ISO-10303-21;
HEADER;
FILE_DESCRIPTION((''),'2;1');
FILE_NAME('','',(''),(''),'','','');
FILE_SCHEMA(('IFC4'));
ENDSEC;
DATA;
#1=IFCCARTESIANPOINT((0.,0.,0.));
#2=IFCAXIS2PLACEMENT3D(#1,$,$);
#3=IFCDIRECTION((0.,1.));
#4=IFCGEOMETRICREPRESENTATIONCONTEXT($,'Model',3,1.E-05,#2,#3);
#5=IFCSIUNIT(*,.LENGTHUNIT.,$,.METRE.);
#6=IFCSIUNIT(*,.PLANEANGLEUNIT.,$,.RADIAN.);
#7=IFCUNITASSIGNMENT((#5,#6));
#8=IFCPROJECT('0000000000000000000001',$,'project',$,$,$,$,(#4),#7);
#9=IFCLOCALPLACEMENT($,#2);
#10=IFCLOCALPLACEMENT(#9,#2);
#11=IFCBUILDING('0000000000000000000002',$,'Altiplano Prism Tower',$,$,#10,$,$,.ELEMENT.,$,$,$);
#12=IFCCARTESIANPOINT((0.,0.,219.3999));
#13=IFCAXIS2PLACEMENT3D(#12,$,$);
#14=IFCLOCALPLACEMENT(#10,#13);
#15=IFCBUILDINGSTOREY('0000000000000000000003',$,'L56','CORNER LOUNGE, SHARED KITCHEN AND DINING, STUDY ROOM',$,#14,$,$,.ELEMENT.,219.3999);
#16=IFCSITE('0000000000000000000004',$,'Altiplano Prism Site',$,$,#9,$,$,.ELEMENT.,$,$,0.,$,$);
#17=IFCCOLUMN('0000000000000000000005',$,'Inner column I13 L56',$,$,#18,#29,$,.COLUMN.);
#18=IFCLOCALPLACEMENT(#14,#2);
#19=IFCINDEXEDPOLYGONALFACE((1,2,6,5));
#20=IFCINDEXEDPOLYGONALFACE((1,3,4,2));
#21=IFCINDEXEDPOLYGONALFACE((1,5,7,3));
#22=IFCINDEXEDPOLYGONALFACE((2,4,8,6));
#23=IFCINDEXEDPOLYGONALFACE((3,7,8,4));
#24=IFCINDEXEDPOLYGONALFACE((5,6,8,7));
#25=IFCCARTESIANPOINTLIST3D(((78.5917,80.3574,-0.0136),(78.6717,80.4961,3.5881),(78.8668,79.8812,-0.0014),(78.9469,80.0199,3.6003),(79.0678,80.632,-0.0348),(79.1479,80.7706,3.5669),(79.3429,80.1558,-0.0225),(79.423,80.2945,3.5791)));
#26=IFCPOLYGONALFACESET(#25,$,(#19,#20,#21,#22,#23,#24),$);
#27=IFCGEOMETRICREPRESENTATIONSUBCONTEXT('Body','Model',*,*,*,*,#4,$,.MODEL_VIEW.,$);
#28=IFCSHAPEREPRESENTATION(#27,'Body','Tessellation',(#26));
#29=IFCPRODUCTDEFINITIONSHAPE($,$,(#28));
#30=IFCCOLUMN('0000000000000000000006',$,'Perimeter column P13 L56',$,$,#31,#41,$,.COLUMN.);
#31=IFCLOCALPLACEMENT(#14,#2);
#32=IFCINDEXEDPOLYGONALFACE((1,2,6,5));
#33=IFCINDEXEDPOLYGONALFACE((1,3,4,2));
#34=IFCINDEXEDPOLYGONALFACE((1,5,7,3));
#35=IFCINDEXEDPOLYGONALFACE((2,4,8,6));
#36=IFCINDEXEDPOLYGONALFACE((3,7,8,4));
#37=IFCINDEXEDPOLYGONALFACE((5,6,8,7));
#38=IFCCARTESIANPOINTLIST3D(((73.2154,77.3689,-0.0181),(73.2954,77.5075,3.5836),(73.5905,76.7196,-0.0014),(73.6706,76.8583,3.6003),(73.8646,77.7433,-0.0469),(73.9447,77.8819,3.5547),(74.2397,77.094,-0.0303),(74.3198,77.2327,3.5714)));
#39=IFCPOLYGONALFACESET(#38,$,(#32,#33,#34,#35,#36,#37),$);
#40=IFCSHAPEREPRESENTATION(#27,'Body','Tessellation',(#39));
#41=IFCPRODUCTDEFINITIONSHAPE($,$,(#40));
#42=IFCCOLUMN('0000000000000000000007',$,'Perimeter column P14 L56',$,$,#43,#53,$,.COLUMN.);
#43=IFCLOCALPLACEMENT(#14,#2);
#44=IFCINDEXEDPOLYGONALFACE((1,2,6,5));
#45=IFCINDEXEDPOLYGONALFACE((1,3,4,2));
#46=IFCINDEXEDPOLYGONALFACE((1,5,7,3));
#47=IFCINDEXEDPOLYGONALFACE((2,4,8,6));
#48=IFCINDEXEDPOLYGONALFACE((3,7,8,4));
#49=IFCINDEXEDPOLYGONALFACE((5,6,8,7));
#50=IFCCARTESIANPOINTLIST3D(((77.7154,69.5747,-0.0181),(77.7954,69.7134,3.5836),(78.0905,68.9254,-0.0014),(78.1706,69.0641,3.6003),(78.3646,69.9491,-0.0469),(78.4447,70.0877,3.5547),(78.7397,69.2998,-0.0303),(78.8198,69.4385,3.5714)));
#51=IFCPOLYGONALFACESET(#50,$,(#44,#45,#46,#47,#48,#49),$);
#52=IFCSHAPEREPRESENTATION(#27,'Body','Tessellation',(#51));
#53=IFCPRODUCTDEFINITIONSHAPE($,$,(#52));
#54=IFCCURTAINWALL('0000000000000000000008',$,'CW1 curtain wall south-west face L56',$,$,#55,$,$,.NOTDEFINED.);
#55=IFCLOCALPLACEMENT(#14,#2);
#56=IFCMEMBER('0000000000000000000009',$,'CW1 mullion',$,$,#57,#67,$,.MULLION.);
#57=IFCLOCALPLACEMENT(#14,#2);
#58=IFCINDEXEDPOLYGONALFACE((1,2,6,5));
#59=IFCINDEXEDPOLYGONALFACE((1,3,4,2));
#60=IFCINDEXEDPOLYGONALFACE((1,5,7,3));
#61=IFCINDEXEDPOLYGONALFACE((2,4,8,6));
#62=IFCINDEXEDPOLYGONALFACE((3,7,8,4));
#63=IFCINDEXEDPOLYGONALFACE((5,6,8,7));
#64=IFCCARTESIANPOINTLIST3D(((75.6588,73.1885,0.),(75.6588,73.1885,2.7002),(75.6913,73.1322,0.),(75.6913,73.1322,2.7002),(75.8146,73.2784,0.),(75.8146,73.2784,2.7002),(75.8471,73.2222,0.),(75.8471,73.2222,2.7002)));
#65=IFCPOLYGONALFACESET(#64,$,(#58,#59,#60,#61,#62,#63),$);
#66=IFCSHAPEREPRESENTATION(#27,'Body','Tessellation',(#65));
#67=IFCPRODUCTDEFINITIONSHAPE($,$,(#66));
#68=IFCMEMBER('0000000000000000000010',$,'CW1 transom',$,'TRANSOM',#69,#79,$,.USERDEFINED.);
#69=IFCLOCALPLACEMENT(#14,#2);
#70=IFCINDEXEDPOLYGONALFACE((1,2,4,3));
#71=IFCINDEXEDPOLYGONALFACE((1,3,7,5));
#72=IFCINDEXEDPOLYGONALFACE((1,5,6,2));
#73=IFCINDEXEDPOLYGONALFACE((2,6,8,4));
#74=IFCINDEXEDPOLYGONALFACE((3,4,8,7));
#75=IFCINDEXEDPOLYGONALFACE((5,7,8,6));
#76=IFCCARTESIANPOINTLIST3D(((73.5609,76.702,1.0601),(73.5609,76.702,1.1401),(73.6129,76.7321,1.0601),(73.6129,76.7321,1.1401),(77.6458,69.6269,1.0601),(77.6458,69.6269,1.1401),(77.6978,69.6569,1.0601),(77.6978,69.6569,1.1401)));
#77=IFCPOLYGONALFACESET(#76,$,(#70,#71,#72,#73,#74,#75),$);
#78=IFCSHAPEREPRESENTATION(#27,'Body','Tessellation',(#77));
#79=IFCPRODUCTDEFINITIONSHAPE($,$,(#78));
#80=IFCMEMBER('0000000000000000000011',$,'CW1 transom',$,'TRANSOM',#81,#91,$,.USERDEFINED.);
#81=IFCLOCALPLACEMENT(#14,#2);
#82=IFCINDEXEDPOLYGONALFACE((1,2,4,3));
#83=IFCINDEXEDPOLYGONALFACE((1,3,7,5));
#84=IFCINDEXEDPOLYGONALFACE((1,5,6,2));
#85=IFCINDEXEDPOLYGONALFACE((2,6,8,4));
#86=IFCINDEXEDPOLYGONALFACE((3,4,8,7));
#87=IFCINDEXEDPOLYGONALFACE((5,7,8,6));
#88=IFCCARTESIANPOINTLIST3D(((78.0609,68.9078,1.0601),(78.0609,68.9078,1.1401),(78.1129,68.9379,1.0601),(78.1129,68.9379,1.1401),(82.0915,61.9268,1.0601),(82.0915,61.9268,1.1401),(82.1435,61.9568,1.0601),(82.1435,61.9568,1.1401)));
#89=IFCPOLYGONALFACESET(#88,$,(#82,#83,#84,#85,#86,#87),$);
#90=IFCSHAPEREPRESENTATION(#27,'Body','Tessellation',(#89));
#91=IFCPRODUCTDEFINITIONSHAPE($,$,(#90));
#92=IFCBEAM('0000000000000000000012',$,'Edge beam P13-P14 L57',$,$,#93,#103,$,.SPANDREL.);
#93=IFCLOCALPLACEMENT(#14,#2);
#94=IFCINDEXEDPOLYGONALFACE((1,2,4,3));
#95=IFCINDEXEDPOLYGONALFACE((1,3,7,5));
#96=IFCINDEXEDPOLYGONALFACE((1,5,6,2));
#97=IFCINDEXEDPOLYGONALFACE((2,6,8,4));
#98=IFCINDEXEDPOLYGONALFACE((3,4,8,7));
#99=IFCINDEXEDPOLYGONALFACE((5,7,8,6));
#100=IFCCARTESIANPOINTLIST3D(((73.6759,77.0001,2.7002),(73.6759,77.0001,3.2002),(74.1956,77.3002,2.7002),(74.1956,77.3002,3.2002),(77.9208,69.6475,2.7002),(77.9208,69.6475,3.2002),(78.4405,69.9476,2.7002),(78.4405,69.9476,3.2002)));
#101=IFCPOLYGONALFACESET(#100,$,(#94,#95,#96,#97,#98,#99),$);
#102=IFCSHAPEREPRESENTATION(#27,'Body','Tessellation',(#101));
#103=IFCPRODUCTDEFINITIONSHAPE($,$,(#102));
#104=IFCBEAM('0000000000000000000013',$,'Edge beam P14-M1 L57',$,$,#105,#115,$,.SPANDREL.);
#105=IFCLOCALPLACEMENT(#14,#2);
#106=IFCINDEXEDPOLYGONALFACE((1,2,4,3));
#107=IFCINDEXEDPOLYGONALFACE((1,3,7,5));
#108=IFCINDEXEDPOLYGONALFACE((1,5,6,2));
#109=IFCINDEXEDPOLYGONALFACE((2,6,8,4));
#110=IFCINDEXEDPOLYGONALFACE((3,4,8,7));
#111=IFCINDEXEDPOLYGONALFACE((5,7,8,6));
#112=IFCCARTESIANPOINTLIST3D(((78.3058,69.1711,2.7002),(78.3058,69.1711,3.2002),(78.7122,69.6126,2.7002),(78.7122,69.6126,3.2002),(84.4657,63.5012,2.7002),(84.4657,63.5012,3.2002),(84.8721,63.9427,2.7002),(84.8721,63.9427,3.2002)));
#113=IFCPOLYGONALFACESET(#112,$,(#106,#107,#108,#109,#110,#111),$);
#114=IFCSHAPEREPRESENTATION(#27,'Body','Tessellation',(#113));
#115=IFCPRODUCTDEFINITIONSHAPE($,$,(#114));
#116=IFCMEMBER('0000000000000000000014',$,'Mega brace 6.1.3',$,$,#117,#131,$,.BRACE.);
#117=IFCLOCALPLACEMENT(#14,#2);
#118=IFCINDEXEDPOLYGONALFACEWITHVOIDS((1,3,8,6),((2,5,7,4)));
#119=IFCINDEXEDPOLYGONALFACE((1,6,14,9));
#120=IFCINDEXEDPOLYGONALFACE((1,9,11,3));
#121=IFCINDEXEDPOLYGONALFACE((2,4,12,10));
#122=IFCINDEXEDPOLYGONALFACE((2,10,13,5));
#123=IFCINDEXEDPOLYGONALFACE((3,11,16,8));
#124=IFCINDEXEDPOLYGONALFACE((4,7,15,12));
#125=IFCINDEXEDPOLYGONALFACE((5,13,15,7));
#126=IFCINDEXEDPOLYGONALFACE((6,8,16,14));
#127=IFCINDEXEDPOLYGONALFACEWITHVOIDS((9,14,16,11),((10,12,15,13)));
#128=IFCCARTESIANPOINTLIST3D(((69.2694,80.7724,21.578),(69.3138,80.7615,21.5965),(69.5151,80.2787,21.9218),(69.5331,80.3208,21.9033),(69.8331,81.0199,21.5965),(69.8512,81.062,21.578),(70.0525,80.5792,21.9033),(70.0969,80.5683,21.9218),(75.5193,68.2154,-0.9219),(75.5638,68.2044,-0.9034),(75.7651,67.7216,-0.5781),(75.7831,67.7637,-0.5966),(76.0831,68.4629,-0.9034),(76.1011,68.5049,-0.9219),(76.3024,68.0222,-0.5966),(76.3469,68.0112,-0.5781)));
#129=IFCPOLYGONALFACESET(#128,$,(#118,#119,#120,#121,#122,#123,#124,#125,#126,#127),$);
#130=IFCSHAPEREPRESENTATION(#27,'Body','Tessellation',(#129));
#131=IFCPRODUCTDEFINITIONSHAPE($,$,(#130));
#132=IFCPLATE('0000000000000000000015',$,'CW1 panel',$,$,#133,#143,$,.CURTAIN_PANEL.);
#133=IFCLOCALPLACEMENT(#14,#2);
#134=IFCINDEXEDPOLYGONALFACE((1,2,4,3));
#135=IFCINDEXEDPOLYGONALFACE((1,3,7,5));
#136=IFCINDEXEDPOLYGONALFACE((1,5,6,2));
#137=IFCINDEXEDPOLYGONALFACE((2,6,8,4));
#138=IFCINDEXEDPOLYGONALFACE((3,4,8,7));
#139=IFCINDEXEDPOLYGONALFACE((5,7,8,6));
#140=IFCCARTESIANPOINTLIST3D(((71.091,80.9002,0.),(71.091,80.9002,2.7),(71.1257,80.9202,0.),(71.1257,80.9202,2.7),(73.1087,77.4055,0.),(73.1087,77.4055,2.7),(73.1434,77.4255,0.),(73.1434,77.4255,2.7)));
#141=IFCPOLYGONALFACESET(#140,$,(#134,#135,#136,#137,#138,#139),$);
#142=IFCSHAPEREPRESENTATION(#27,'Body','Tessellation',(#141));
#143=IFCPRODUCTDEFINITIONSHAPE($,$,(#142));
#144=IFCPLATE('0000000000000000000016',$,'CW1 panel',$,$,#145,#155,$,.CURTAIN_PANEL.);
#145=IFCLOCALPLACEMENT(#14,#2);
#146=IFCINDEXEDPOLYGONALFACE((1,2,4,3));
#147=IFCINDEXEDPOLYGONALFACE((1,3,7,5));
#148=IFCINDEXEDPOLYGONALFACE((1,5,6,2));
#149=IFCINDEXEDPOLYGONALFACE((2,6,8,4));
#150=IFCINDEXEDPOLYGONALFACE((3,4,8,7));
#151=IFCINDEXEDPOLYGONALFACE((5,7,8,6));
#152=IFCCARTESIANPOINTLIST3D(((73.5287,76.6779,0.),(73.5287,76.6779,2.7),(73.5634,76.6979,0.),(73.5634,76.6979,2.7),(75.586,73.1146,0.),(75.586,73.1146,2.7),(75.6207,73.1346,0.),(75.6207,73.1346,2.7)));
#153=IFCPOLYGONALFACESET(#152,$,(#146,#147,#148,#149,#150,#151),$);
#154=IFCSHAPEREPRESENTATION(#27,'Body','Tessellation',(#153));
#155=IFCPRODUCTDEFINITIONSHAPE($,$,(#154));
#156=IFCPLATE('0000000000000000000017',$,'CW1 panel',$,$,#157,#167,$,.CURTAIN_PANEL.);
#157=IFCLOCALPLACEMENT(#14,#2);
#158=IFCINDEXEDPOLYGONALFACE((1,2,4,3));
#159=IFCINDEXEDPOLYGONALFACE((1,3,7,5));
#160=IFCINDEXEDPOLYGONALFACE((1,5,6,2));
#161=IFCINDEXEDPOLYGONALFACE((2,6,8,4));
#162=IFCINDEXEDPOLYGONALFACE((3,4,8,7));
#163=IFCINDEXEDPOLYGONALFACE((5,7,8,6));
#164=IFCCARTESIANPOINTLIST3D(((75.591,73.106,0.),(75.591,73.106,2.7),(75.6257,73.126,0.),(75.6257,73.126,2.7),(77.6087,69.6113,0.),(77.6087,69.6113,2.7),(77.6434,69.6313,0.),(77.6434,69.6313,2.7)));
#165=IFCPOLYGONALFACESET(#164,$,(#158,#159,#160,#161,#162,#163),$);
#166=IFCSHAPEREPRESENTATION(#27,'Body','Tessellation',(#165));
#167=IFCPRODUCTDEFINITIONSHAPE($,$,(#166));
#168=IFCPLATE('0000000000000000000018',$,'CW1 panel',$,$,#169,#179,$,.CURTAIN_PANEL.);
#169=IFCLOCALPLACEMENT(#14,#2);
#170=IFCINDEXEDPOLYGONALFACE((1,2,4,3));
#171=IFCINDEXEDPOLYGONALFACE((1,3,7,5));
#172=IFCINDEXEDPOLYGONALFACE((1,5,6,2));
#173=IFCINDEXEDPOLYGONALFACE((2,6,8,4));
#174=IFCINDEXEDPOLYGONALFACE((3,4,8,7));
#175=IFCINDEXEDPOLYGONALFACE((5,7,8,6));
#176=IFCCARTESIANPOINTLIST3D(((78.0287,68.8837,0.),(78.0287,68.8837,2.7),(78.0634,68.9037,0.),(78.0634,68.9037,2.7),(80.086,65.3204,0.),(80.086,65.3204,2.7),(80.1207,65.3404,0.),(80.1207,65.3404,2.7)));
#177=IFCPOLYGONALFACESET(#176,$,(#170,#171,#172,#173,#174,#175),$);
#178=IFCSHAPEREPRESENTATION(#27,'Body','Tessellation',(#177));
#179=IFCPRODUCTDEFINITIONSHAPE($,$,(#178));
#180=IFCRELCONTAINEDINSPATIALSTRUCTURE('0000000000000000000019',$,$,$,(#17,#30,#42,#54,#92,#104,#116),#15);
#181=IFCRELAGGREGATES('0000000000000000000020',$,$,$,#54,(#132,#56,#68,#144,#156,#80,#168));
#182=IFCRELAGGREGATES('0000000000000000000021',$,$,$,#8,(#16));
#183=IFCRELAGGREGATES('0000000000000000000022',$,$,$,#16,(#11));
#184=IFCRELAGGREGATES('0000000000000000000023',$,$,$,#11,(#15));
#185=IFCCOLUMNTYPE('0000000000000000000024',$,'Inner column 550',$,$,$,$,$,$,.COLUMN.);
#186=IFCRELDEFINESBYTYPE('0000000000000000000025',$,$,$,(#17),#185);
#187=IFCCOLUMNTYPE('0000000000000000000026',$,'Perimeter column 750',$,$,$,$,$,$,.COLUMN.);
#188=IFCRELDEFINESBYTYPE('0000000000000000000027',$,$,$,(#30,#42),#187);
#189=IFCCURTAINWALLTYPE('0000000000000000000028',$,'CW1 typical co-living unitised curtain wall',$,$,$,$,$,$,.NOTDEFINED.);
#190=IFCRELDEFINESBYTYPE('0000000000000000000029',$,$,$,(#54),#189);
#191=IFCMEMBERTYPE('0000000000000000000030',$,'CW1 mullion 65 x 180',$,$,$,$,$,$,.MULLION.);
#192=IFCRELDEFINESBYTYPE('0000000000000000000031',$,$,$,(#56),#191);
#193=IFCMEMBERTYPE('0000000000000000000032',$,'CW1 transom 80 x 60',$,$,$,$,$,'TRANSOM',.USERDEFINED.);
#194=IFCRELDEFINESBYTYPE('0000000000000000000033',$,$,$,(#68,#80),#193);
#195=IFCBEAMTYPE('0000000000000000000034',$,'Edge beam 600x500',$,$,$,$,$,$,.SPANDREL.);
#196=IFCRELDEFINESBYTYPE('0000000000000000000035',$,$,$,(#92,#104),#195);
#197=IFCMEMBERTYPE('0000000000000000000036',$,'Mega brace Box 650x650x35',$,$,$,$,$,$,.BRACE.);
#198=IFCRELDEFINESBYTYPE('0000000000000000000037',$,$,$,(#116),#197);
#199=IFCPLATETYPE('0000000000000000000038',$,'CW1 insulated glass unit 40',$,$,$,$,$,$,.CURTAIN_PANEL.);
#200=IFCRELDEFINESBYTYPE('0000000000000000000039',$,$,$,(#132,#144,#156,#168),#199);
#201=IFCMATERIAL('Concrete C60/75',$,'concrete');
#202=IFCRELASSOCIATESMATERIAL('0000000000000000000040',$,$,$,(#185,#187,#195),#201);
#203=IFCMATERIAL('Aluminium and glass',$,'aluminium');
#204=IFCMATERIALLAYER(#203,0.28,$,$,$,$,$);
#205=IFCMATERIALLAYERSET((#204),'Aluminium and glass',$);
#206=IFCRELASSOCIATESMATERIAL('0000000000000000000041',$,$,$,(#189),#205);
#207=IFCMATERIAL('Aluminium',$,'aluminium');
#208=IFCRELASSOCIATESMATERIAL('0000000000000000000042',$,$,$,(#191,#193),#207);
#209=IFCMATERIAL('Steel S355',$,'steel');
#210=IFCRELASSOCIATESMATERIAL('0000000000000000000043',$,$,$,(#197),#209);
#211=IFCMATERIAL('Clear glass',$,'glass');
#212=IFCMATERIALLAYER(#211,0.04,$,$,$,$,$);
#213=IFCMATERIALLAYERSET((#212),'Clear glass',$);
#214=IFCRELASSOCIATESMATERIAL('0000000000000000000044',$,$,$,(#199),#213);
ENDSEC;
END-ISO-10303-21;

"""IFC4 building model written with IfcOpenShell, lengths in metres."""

from ifc_helpers import new_model, si_unit, direction, frame, origin, origin_2d, place, context, subcontext, project, spatial, rectangle, hollow_rectangle, extrude, material, layer, layer_set, material_profile, profile_set, type_object, element, aggregate, save


model = new_model("IFC4")

# Units and contexts
model_context = context("Model", 3, precision=1e-05, world=origin(), true_north=direction((0.0, 1.0)))
body_context = subcontext(model_context, "Body", "Model", "MODEL_VIEW")
ifc_project = project(units=[si_unit("LENGTHUNIT", "METRE"), si_unit("PLANEANGLEUNIT", "RADIAN")], contexts=[model_context])

# Site, building, storey
site_placement = place(None, origin())
site = spatial("IfcSite", under=ifc_project, at=site_placement, Name="Altiplano Prism Site", CompositionType="ELEMENT", RefElevation=0.0)
building_placement = place(site_placement, origin())
building = spatial("IfcBuilding", under=site, at=building_placement, Name="Altiplano Prism Tower", CompositionType="ELEMENT")
storey_placement = place(building_placement, frame((0.0, 0.0, 219.3999)))
storey = spatial("IfcBuildingStorey", under=building, at=storey_placement, Name="L56", Description="CORNER LOUNGE, SHARED KITCHEN AND DINING, STUDY ROOM", CompositionType="ELEMENT", Elevation=219.3999)

# Columns
ifc_material_1 = material(Name="Concrete C60/75", Category="concrete")
ifc_material_profile_1 = material_profile(ifc_material_1, rectangle(XDim=0.55, YDim=0.55, at=origin_2d()), Name="Inner column 550")
ifc_profile_set_1 = profile_set([ifc_material_profile_1], Name="Concrete C60/75")
column_type_1 = type_object("IfcColumnType", Name="Inner column 550", PredefinedType="COLUMN", material=ifc_profile_set_1)
column_placement = place(storey_placement, frame((78.9673, 80.2566, -0.0181), z_axis=(0.022212, 0.038465, 0.999013), x_axis=(-0.865641, -0.499185, 0.038467)))
element("IfcColumn", 1, at=column_placement, inside=storey, type_object=column_type_1, Name="Inner column I13 L56", PredefinedType="COLUMN", context=body_context, shape_type="SweptSolid", body=[
    extrude(rectangle(XDim=0.55, YDim=0.55, at=origin_2d()), origin(), (0.0, 0.0, 1.0), 3.6052),
])
ifc_material_profile_2 = material_profile(ifc_material_1, rectangle(XDim=0.75, YDim=0.75, at=origin_2d()), Name="Perimeter column 750")
ifc_profile_set_2 = profile_set([ifc_material_profile_2], Name="Concrete C60/75")
column_type_2 = type_object("IfcColumnType", Name="Perimeter column 750", PredefinedType="COLUMN", material=ifc_profile_set_2)
for number, where, z_axis, x_axis, name in (
    (2, (73.7275, 77.2314, -0.0242), (0.022212, 0.038465, 0.999013), (-0.865641, -0.499185, 0.038467), "Perimeter column P13 L56"),
    (3, (78.2275, 69.4373, -0.0242), (0.022212, 0.038465, 0.999013), (-0.865641, -0.499185, 0.038467), "Perimeter column P14 L56"),
):
    element("IfcColumn", number, at=place(storey_placement, frame(where, z_axis=z_axis, x_axis=x_axis)), inside=storey, type_object=column_type_2, Name=name, PredefinedType="COLUMN", context=body_context, shape_type="SweptSolid", body=[
        extrude(rectangle(XDim=0.75, YDim=0.75, at=origin_2d()), origin(), (0.0, 0.0, 1.0), 3.6052),
    ])

# Curtain wall, members
ifc_material_2 = material(Name="Aluminium and glass", Category="aluminium")
ifc_layer_1 = layer(ifc_material_2, 0.28)
ifc_layer_set_1 = layer_set([ifc_layer_1], Name="Aluminium and glass")
curtain_wall_type = type_object("IfcCurtainWallType", Name="CW1 typical co-living unitised curtain wall", PredefinedType="NOTDEFINED", material=ifc_layer_set_1)
curtain_wall_placement = place(storey_placement, origin())
curtain_wall = element("IfcCurtainWall", 4, at=curtain_wall_placement, inside=storey, type_object=curtain_wall_type, Name="CW1 curtain wall south-west face L56", PredefinedType="NOTDEFINED")
ifc_material_3 = material(Name="Aluminium", Category="aluminium")
ifc_material_profile_3 = material_profile(ifc_material_3, rectangle(XDim=0.1799, YDim=0.0649, at=origin_2d()), Name="CW1 mullion 65 x 180")
ifc_profile_set_3 = profile_set([ifc_material_profile_3], Name="Aluminium")
member_type_1 = type_object("IfcMemberType", Name="CW1 mullion 65 x 180", PredefinedType="MULLION", material=ifc_profile_set_3)
member_1_placement = place(storey_placement, frame((75.7529, 73.2053, 0.0), z_axis=(0.0, 0.0, 1.0), x_axis=(0.866025, 0.5, 0.0)))
member_1 = element("IfcMember", 5, at=member_1_placement, type_object=member_type_1, Name="CW1 mullion", PredefinedType="MULLION", context=body_context, shape_type="SweptSolid", body=[
    extrude(rectangle(XDim=0.1799, YDim=0.0649, at=origin_2d()), origin(), (0.0, 0.0, 1.0), 2.7002),
])
ifc_material_profile_4 = material_profile(ifc_material_3, rectangle(XDim=0.0601, YDim=0.0801, at=origin_2d()), Name="CW1 transom 80 x 60")
ifc_profile_set_4 = profile_set([ifc_material_profile_4], Name="Aluminium")
member_type_2 = type_object("IfcMemberType", Name="CW1 transom 80 x 60", ElementType="TRANSOM", PredefinedType="USERDEFINED", material=ifc_profile_set_4)
member_2_placement = place(storey_placement, frame((73.5869, 76.717, 1.1001), z_axis=(0.500009, -0.86602, 0.0), x_axis=(0.86602, 0.500009, 0.0)))
member_2 = element("IfcMember", 6, at=member_2_placement, type_object=member_type_2, Name="CW1 transom", ObjectType="TRANSOM", PredefinedType="USERDEFINED", context=body_context, shape_type="SweptSolid", body=[
    extrude(rectangle(XDim=0.0601, YDim=0.0801, at=origin_2d()), origin(), (0.0, 0.0, 1.0), 8.1697),
])
member_3_placement = place(storey_placement, frame((78.0869, 68.9229, 1.1001), z_axis=(0.500006, -0.866022, 0.0), x_axis=(0.866022, 0.500006, 0.0)))
member_3 = element("IfcMember", 7, at=member_3_placement, type_object=member_type_2, Name="CW1 transom", ObjectType="TRANSOM", PredefinedType="USERDEFINED", context=body_context, shape_type="SweptSolid", body=[
    extrude(rectangle(XDim=0.0601, YDim=0.0801, at=origin_2d()), origin(), (0.0, 0.0, 1.0), 8.061),
])

# Beams
ifc_material_profile_5 = material_profile(ifc_material_1, rectangle(XDim=0.6001, YDim=0.5, at=origin_2d()), Name="Edge beam 600x500")
ifc_profile_set_5 = profile_set([ifc_material_profile_5], Name="Concrete C60/75")
beam_type = type_object("IfcBeamType", Name="Edge beam 600x500", PredefinedType="SPANDREL", material=ifc_profile_set_5)
beam_1_placement = place(storey_placement, frame((73.9358, 77.1501, 2.9502), z_axis=(0.49999, -0.866031, 0.0), x_axis=(0.866031, 0.49999, 0.0)))
element("IfcBeam", 8, at=beam_1_placement, inside=storey, type_object=beam_type, Name="Edge beam P13-P14 L57", PredefinedType="SPANDREL", context=body_context, shape_type="SweptSolid", body=[
    extrude(rectangle(XDim=0.6001, YDim=0.5, at=origin_2d()), origin(), (0.0, 0.0, 1.0), 8.49),
])
beam_2_placement = place(storey_placement, frame((78.509, 69.3918, 2.9502), z_axis=(0.735764, -0.677238, 0.0), x_axis=(0.677238, 0.735764, 0.0)))
element("IfcBeam", 9, at=beam_2_placement, inside=storey, type_object=beam_type, Name="Edge beam P14-M1 L57", PredefinedType="SPANDREL", context=body_context, shape_type="SweptSolid", body=[
    extrude(rectangle(XDim=0.6001, YDim=0.5, at=origin_2d()), origin(), (0.0, 0.0, 1.0), 8.3721),
])

# Member
ifc_material_4 = material(Name="Steel S355", Category="steel")
ifc_material_profile_6 = material_profile(ifc_material_4, hollow_rectangle(XDim=0.6499, YDim=0.6499, WallThickness=0.0349, at=origin_2d()), Name="Mega brace Box 650x650x35")
ifc_profile_set_6 = profile_set([ifc_material_profile_6], Name="Steel S355")
member_type_3 = type_object("IfcMemberType", Name="Mega brace Box 650x650x35", PredefinedType="BRACE", material=ifc_profile_set_6)
member_4_placement = place(storey_placement, frame((75.9331, 68.1133, -0.75), z_axis=(-0.235724, 0.473603, 0.848607), x_axis=(-0.89524, -0.445584, 0.0)))
element("IfcMember", 10, at=member_4_placement, inside=storey, type_object=member_type_3, Name="Mega brace 6.1.3", PredefinedType="BRACE", context=body_context, shape_type="SweptSolid", body=[
    extrude(hollow_rectangle(XDim=0.6499, YDim=0.6499, WallThickness=0.0349, at=origin_2d()), origin(), (0.0, 0.0, 1.0), 26.5139),
])

# Plates
ifc_material_5 = material(Name="Clear glass", Category="glass")
ifc_layer_2 = layer(ifc_material_5, 0.04)
ifc_layer_set_2 = layer_set([ifc_layer_2], Name="Clear glass")
plate_type = type_object("IfcPlateType", Name="CW1 insulated glass unit 40", PredefinedType="CURTAIN_PANEL", material=ifc_layer_set_2)
plate_1_placement = place(storey_placement, frame((72.1172, 79.1628, 0.0), z_axis=(0.0, 0.0, 1.0), x_axis=(0.5, -0.866025, 0.0)))
plate_1 = element("IfcPlate", 11, at=plate_1_placement, type_object=plate_type, Name="CW1 panel", PredefinedType="CURTAIN_PANEL", context=body_context, shape_type="SweptSolid", body=[
    extrude(rectangle(XDim=4.0354, YDim=0.04, at=origin_2d()), origin(), (0.0, 0.0, 1.0), 2.7),
])
plate_2_placement = place(storey_placement, frame((74.5747, 74.9062, 0.0), z_axis=(0.0, 0.0, 1.0), x_axis=(0.5, -0.866025, 0.0)))
plate_2 = element("IfcPlate", 12, at=plate_2_placement, type_object=plate_type, Name="CW1 panel", PredefinedType="CURTAIN_PANEL", context=body_context, shape_type="SweptSolid", body=[
    extrude(rectangle(XDim=4.1145, YDim=0.04, at=origin_2d()), origin(), (0.0, 0.0, 1.0), 2.7),
])
plate_3_placement = place(storey_placement, frame((76.6172, 71.3687, 0.0), z_axis=(0.0, 0.0, 1.0), x_axis=(0.5, -0.866025, 0.0)))
plate_3 = element("IfcPlate", 13, at=plate_3_placement, type_object=plate_type, Name="CW1 panel", PredefinedType="CURTAIN_PANEL", context=body_context, shape_type="SweptSolid", body=[
    extrude(rectangle(XDim=4.0354, YDim=0.04, at=origin_2d()), origin(), (0.0, 0.0, 1.0), 2.7),
])
plate_4_placement = place(storey_placement, frame((79.0747, 67.1121, 0.0), z_axis=(0.0, 0.0, 1.0), x_axis=(0.5, -0.866025, 0.0)))
plate_4 = element("IfcPlate", 14, at=plate_4_placement, type_object=plate_type, Name="CW1 panel", PredefinedType="CURTAIN_PANEL", context=body_context, shape_type="SweptSolid", body=[
    extrude(rectangle(XDim=4.1145, YDim=0.04, at=origin_2d()), origin(), (0.0, 0.0, 1.0), 2.7),
])
aggregate(curtain_wall, [plate_1, member_1, member_2, plate_2, plate_3, member_3, plate_4])

save(model, "model.ifc")
